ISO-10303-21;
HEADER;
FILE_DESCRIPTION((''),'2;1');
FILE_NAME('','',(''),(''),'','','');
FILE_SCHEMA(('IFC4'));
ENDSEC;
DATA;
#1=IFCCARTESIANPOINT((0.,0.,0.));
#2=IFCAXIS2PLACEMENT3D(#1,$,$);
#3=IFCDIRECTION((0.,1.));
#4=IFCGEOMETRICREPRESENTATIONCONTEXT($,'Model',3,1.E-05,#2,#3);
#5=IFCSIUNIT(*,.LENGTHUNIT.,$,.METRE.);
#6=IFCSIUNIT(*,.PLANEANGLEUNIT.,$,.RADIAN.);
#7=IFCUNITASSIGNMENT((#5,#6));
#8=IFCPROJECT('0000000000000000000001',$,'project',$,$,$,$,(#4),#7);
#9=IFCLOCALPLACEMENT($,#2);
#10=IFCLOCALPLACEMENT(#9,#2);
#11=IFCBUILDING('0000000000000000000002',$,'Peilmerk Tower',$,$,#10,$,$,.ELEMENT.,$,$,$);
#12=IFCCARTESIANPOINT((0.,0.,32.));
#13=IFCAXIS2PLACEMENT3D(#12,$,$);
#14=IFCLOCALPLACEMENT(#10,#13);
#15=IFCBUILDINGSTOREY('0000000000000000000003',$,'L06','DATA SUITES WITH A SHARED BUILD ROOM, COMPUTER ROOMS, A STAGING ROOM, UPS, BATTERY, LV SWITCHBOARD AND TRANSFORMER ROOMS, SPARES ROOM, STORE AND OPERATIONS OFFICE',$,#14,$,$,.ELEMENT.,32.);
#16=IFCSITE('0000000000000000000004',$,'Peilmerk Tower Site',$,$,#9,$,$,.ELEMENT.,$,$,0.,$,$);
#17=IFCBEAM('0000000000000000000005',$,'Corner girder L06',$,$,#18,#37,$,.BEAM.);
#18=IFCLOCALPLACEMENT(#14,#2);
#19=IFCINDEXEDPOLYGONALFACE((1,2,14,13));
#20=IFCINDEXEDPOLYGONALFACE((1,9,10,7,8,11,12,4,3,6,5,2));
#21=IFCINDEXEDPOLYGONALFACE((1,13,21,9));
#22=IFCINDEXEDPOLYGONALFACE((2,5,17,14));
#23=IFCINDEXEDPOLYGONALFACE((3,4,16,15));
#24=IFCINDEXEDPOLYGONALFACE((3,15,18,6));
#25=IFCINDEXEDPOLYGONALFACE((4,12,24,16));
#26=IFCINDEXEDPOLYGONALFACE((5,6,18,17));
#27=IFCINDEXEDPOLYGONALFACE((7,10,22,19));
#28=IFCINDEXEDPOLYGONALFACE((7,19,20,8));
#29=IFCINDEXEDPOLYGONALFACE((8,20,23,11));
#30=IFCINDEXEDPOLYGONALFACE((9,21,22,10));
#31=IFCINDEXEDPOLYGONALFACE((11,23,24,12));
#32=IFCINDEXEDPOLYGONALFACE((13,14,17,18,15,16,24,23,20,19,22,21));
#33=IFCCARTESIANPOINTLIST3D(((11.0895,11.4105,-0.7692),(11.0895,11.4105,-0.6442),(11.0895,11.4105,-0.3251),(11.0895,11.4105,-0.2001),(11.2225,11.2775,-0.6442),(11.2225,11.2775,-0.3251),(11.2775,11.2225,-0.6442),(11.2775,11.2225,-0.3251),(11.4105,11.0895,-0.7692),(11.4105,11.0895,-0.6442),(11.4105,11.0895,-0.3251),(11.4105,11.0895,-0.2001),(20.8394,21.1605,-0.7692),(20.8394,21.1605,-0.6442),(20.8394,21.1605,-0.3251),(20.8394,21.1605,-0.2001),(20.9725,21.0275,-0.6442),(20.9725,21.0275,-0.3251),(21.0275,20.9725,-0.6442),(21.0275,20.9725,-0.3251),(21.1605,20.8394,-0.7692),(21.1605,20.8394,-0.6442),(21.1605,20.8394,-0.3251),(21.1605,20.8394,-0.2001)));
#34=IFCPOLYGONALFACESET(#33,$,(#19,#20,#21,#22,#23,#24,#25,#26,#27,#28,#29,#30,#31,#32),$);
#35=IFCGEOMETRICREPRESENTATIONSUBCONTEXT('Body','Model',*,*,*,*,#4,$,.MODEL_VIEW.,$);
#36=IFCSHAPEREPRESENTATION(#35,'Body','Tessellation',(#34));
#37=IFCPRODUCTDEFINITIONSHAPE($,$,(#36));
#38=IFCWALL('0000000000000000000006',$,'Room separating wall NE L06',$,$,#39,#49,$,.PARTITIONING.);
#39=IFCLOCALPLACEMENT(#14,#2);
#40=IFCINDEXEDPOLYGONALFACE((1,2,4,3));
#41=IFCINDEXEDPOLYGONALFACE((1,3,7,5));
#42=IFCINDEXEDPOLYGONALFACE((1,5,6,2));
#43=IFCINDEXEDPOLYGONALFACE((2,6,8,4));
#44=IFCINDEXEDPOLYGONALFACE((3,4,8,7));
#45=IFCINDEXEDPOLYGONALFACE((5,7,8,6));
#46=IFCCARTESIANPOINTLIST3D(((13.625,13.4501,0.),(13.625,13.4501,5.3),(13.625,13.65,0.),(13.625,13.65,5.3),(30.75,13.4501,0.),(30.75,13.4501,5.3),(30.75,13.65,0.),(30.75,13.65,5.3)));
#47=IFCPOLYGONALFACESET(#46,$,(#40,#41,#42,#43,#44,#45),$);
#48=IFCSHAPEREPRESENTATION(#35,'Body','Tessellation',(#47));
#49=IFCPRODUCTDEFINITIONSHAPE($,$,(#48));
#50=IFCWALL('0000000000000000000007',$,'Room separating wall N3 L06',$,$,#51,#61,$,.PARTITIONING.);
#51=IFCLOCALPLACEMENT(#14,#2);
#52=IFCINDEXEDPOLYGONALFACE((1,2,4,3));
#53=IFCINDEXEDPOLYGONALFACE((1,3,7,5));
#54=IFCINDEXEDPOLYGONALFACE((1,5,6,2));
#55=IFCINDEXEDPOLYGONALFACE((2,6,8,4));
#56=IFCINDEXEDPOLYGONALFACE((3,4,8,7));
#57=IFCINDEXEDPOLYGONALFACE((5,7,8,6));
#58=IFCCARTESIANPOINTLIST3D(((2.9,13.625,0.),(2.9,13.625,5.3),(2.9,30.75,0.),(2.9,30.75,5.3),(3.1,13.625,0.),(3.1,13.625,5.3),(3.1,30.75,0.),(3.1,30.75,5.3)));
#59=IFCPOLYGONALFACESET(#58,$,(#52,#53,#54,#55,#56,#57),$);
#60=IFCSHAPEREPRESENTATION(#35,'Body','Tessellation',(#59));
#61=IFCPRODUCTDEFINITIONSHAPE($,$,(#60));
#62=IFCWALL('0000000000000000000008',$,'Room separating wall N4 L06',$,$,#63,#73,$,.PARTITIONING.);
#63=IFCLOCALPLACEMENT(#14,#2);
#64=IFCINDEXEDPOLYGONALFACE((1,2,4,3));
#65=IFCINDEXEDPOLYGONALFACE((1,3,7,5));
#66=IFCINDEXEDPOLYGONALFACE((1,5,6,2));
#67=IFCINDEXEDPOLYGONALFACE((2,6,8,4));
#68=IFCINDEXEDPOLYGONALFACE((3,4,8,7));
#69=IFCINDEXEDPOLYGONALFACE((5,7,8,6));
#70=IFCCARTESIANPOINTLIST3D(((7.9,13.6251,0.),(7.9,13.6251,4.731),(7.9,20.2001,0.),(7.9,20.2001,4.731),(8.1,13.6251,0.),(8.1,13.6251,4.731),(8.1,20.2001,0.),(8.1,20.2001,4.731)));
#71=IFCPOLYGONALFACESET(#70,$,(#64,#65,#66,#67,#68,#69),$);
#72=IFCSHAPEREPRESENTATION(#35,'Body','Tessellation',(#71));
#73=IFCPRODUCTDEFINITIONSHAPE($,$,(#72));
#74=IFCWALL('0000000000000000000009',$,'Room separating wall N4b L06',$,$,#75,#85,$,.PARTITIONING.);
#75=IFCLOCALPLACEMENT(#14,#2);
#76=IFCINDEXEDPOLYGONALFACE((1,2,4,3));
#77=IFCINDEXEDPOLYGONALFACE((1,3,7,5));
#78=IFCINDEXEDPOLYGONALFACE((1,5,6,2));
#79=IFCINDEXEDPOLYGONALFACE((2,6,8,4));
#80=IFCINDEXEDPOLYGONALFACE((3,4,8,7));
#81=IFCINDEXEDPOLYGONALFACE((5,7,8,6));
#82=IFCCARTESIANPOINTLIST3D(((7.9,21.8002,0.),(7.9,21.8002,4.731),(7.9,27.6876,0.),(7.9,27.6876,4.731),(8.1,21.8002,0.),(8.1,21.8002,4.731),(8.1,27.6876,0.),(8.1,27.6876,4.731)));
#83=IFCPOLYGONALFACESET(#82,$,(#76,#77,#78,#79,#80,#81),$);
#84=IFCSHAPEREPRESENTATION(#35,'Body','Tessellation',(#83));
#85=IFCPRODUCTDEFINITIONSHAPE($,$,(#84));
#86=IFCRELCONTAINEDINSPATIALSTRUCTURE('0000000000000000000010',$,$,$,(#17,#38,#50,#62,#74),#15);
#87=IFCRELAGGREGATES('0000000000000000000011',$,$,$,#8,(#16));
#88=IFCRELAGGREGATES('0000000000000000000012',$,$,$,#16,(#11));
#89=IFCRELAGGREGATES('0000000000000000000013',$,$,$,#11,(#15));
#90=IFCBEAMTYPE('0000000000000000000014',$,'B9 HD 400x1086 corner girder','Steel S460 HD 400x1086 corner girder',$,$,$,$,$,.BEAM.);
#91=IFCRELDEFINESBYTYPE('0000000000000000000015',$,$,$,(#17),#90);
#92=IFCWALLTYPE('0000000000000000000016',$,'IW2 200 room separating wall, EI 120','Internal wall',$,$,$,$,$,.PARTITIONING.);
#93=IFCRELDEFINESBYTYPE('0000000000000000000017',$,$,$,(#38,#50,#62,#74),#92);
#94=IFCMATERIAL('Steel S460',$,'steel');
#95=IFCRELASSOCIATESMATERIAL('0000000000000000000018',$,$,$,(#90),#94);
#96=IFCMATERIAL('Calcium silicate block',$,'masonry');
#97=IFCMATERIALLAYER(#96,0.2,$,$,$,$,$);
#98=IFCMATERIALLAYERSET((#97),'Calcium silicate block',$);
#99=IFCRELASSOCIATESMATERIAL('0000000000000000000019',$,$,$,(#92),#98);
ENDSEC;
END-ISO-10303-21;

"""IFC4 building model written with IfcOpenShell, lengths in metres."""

from ifc_helpers import new_model, si_unit, direction, frame, frame_2d, origin, origin_2d, place, context, subcontext, project, spatial, rectangle, i_section, extrude, material, layer, layer_set, material_profile, profile_set, type_object, element, save


model = new_model("IFC4")

# Units and contexts
model_context = context("Model", 3, precision=1e-05, world=origin(), true_north=direction((0.0, 1.0)))
body_context = subcontext(model_context, "Body", "Model", "MODEL_VIEW")
ifc_project = project(units=[si_unit("LENGTHUNIT", "METRE"), si_unit("PLANEANGLEUNIT", "RADIAN")], contexts=[model_context])

# Site, building, storey
site_placement = place(None, origin())
site = spatial("IfcSite", under=ifc_project, at=site_placement, Name="Peilmerk Tower Site", CompositionType="ELEMENT", RefElevation=0.0)
building_placement = place(site_placement, origin())
building = spatial("IfcBuilding", under=site, at=building_placement, Name="Peilmerk Tower", CompositionType="ELEMENT")
storey_placement = place(building_placement, frame((0.0, 0.0, 32.0)))
storey = spatial("IfcBuildingStorey", under=building, at=storey_placement, Name="L06", Description="DATA SUITES WITH A SHARED BUILD ROOM, COMPUTER ROOMS, A STAGING ROOM, UPS, BATTERY, LV SWITCHBOARD AND TRANSFORMER ROOMS, SPARES ROOM, STORE AND OPERATIONS OFFICE", CompositionType="ELEMENT", Elevation=32.0)

# Beam
ifc_material_1 = material(Name="Steel S460", Category="steel")
ifc_material_profile_1 = material_profile(ifc_material_1, i_section(OverallWidth=0.4541, OverallDepth=0.5691, WebThickness=0.0779, FlangeThickness=0.125, at=origin_2d()), Name="HD 400x1086")
ifc_profile_set_1 = profile_set([ifc_material_profile_1], Name="Steel S460")
beam_type_1 = type_object("IfcBeamType", Name="B9 HD 400x1086 corner girder", Description="Steel S460 HD 400x1086 corner girder", PredefinedType="BEAM", material=ifc_profile_set_1)
beam_1_placement = place(storey_placement, frame((11.25, 11.25, -0.4846), z_axis=(0.707107, 0.707107, 0.0), x_axis=(-0.707107, 0.707107, 0.0)))
element("IfcBeam", 1, at=beam_1_placement, inside=storey, type_object=beam_type_1, Name="Corner girder L06", PredefinedType="BEAM", context=body_context, shape_type="SweptSolid", body=[
    extrude(i_section(OverallWidth=0.4541, OverallDepth=0.5691, WebThickness=0.0779, FlangeThickness=0.125, at=origin_2d()), origin(), (0.0, 0.0, 1.0), 13.7886),
])

# Walls
ifc_material_2 = material(Name="Calcium silicate block", Category="masonry")
ifc_layer = layer(ifc_material_2, 0.2)
ifc_layer_set = layer_set([ifc_layer], Name="Calcium silicate block")
wall_type = type_object("IfcWallType", Name="IW2 200 room separating wall, EI 120", Description="Internal wall", PredefinedType="PARTITIONING", material=ifc_layer_set)
for number, where, z_axis, x_axis, name in (
    (2, (13.625, 13.55, 0.0), (0.0, 0.0, 1.0), (1.0, 0.0, 0.0), "Room separating wall NE L06"),
    (3, (3.0, 13.625, 0.0), (0.0, 0.0, 1.0), (0.0, 1.0, 0.0), "Room separating wall N3 L06"),
):
    element("IfcWall", number, at=place(storey_placement, frame(where, z_axis=z_axis, x_axis=x_axis)), inside=storey, type_object=wall_type, Name=name, PredefinedType="PARTITIONING", context=body_context, shape_type="SweptSolid", body=[
        extrude(rectangle(XDim=17.125, YDim=0.2, at=frame_2d((8.5625, 0.0))), origin(), (0.0, 0.0, 1.0), 5.3),
    ])
wall_1_placement = place(storey_placement, frame((8.0, 13.625, 0.0), z_axis=(0.0, 0.0, 1.0), x_axis=(0.0, 1.0, 0.0)))
element("IfcWall", 4, at=wall_1_placement, inside=storey, type_object=wall_type, Name="Room separating wall N4 L06", PredefinedType="PARTITIONING", context=body_context, shape_type="SweptSolid", body=[
    extrude(rectangle(XDim=6.575, YDim=0.2, at=frame_2d((3.2876, 0.0))), origin(), (0.0, 0.0, 1.0), 4.731),
])
wall_2_placement = place(storey_placement, frame((8.0, 21.8, 0.0), z_axis=(0.0, 0.0, 1.0), x_axis=(0.0, 1.0, 0.0)))
element("IfcWall", 5, at=wall_2_placement, inside=storey, type_object=wall_type, Name="Room separating wall N4b L06", PredefinedType="PARTITIONING", context=body_context, shape_type="SweptSolid", body=[
    extrude(rectangle(XDim=5.8875, YDim=0.2, at=frame_2d((2.9438, 0.0))), origin(), (0.0, 0.0, 1.0), 4.731),
])

save(model, "model.ifc")
